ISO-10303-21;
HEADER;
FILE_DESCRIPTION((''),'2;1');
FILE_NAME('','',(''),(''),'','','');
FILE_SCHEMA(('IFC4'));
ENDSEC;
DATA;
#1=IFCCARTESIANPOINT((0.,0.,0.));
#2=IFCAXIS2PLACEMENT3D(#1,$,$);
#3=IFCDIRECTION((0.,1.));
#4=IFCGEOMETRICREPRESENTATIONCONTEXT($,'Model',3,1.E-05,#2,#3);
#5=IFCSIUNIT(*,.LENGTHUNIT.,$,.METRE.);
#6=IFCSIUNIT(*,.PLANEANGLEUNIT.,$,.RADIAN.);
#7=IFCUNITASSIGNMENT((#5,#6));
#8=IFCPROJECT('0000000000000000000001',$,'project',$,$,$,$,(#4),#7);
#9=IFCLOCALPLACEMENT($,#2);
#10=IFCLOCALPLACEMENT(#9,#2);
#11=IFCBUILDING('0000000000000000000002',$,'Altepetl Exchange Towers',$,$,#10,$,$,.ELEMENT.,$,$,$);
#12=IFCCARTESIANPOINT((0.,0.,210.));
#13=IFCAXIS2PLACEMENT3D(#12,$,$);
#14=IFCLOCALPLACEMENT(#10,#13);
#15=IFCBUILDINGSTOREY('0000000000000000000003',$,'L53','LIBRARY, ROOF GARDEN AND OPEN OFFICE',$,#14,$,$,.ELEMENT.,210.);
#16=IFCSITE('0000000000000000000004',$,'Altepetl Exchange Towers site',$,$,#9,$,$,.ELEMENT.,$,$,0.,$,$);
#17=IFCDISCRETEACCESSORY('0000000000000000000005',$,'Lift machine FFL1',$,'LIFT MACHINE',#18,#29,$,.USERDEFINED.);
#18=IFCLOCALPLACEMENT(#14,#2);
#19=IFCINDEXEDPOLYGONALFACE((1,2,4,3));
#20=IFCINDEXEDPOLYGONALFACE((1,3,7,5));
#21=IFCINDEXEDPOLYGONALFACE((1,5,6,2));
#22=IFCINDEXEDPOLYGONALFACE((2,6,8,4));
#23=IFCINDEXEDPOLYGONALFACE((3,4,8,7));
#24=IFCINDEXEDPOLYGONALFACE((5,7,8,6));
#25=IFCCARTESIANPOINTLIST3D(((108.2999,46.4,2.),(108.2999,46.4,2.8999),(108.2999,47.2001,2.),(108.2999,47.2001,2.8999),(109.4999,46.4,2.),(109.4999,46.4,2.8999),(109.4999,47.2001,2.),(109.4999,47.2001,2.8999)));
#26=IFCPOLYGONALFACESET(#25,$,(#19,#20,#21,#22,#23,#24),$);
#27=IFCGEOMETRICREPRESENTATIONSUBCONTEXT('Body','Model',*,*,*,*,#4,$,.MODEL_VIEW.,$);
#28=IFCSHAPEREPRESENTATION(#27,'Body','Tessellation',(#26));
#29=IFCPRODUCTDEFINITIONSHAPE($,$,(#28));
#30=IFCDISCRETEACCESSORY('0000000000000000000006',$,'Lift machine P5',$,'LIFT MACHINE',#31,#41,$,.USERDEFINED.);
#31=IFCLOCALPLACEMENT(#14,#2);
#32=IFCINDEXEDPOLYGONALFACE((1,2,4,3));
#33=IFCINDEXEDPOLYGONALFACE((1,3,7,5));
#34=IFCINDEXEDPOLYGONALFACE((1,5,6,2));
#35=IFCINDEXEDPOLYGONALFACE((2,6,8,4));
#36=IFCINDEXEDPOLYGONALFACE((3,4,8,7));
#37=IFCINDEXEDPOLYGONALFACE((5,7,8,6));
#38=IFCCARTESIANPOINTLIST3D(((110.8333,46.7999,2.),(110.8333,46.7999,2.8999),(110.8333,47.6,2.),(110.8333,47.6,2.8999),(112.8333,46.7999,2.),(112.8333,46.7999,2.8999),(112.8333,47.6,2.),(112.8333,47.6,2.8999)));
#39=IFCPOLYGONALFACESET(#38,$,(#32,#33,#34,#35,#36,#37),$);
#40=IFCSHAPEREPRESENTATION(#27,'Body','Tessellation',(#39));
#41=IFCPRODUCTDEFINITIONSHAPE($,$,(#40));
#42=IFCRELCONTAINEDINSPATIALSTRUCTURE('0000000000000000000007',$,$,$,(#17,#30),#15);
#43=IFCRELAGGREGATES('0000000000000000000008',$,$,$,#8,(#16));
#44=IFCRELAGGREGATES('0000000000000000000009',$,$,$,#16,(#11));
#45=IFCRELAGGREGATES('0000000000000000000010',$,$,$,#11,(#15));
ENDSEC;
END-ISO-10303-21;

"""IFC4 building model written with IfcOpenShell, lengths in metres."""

from ifc_helpers import new_model, si_unit, direction, frame, origin, origin_2d, place, context, subcontext, project, spatial, rectangle, extrude, element, save


model = new_model("IFC4")

# Units and contexts
model_context = context("Model", 3, precision=1e-05, world=origin(), true_north=direction((0.0, 1.0)))
body_context = subcontext(model_context, "Body", "Model", "MODEL_VIEW")
ifc_project = project(units=[si_unit("LENGTHUNIT", "METRE"), si_unit("PLANEANGLEUNIT", "RADIAN")], contexts=[model_context])

# Site, building, storey
site_placement = place(None, origin())
site = spatial("IfcSite", under=ifc_project, at=site_placement, Name="Altepetl Exchange Towers site", CompositionType="ELEMENT", RefElevation=0.0)
building_placement = place(site_placement, origin())
building = spatial("IfcBuilding", under=site, at=building_placement, Name="Altepetl Exchange Towers", CompositionType="ELEMENT")
storey_placement = place(building_placement, frame((0.0, 0.0, 210.0)))
storey = spatial("IfcBuildingStorey", under=building, at=storey_placement, Name="L53", Description="LIBRARY, ROOF GARDEN AND OPEN OFFICE", CompositionType="ELEMENT", Elevation=210.0)

# Discrete accessories
discrete_accessory_1_placement = place(storey_placement, frame((108.8999, 46.8, 2.0)))
element("IfcDiscreteAccessory", 1, at=discrete_accessory_1_placement, inside=storey, Name="Lift machine FFL1", ObjectType="LIFT MACHINE", PredefinedType="USERDEFINED", context=body_context, shape_type="SweptSolid", body=[
    extrude(rectangle(XDim=1.2, YDim=0.8, at=origin_2d()), origin(), (0.0, 0.0, 1.0), 0.8999),
])
discrete_accessory_2_placement = place(storey_placement, frame((111.8333, 47.2, 2.0)))
element("IfcDiscreteAccessory", 2, at=discrete_accessory_2_placement, inside=storey, Name="Lift machine P5", ObjectType="LIFT MACHINE", PredefinedType="USERDEFINED", context=body_context, shape_type="SweptSolid", body=[
    extrude(rectangle(XDim=2.0, YDim=0.8, at=origin_2d()), origin(), (0.0, 0.0, 1.0), 0.8999),
])

save(model, "model.ifc")
